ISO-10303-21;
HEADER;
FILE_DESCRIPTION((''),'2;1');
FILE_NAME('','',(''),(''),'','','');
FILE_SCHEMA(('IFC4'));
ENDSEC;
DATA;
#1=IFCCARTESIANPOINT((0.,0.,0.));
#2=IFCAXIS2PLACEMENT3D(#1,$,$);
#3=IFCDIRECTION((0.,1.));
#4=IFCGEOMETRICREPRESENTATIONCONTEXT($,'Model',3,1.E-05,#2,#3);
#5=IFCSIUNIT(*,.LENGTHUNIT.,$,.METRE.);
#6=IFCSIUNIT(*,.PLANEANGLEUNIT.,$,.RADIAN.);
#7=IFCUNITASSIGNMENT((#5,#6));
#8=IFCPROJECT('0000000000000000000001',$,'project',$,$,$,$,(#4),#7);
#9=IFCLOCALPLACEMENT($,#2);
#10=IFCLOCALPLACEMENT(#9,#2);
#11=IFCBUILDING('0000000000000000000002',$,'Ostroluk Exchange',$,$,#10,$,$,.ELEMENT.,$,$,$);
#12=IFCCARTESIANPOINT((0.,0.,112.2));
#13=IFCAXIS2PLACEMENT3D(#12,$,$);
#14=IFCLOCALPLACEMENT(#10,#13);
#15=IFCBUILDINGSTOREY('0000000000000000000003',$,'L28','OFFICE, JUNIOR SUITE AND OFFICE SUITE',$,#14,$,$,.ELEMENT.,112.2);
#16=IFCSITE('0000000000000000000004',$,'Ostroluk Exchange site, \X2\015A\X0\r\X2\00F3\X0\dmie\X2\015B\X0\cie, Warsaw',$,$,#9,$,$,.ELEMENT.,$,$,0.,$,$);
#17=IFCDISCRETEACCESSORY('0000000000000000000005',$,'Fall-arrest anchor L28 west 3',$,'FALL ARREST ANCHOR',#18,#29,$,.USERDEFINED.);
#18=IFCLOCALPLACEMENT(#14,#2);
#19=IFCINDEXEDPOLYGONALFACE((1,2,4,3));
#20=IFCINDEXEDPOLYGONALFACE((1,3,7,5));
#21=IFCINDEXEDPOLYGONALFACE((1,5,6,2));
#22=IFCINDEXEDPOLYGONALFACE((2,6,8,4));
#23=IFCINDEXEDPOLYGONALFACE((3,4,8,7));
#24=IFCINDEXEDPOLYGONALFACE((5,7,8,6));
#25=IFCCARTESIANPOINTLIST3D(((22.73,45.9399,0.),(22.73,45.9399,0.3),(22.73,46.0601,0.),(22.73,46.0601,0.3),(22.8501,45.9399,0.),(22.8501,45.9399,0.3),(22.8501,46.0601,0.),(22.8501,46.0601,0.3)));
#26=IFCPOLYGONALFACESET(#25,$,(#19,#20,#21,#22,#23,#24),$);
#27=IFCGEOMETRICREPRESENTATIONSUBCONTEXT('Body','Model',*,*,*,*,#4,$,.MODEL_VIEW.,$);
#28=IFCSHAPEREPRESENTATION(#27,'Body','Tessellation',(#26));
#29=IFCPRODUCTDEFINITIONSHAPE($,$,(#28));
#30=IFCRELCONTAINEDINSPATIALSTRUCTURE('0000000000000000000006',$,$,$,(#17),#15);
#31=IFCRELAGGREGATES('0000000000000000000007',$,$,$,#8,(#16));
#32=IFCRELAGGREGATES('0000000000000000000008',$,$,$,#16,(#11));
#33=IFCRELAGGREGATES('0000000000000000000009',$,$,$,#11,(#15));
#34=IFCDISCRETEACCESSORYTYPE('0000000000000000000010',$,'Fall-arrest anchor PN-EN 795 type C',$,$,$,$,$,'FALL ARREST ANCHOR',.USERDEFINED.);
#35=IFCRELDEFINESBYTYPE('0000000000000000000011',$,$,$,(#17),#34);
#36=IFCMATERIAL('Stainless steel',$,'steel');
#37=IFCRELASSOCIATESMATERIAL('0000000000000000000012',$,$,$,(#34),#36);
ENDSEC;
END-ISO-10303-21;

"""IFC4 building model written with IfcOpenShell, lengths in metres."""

from ifc_helpers import new_model, si_unit, direction, frame, origin, origin_2d, place, context, subcontext, project, spatial, rectangle, extrude, material, type_object, element, save


model = new_model("IFC4")

# Units and contexts
model_context = context("Model", 3, precision=1e-05, world=origin(), true_north=direction((0.0, 1.0)))
body_context = subcontext(model_context, "Body", "Model", "MODEL_VIEW")
ifc_project = project(units=[si_unit("LENGTHUNIT", "METRE"), si_unit("PLANEANGLEUNIT", "RADIAN")], contexts=[model_context])

# Site, building, storey
site_placement = place(None, origin())
site = spatial("IfcSite", under=ifc_project, at=site_placement, Name="Ostroluk Exchange site, Śródmieście, Warsaw", CompositionType="ELEMENT", RefElevation=0.0)
building_placement = place(site_placement, origin())
building = spatial("IfcBuilding", under=site, at=building_placement, Name="Ostroluk Exchange", CompositionType="ELEMENT")
storey_placement = place(building_placement, frame((0.0, 0.0, 112.2)))
storey = spatial("IfcBuildingStorey", under=building, at=storey_placement, Name="L28", Description="OFFICE, JUNIOR SUITE AND OFFICE SUITE", CompositionType="ELEMENT", Elevation=112.2)

# Discrete accessory
ifc_material_1 = material(Name="Stainless steel", Category="steel")
discrete_accessory_type = type_object("IfcDiscreteAccessoryType", Name="Fall-arrest anchor PN-EN 795 type C", ElementType="FALL ARREST ANCHOR", PredefinedType="USERDEFINED", material=ifc_material_1)
discrete_accessory_placement = place(storey_placement, frame((22.79, 46.0, 0.0), z_axis=(0.0, 0.0, 1.0), x_axis=(1.0, 0.0, 0.0)))
element("IfcDiscreteAccessory", 1, at=discrete_accessory_placement, inside=storey, type_object=discrete_accessory_type, Name="Fall-arrest anchor L28 west 3", ObjectType="FALL ARREST ANCHOR", PredefinedType="USERDEFINED", context=body_context, shape_type="SweptSolid", body=[
    extrude(rectangle(XDim=0.1201, YDim=0.1201, at=origin_2d()), origin(), (0.0, 0.0, 1.0), 0.3),
])

save(model, "model.ifc")
